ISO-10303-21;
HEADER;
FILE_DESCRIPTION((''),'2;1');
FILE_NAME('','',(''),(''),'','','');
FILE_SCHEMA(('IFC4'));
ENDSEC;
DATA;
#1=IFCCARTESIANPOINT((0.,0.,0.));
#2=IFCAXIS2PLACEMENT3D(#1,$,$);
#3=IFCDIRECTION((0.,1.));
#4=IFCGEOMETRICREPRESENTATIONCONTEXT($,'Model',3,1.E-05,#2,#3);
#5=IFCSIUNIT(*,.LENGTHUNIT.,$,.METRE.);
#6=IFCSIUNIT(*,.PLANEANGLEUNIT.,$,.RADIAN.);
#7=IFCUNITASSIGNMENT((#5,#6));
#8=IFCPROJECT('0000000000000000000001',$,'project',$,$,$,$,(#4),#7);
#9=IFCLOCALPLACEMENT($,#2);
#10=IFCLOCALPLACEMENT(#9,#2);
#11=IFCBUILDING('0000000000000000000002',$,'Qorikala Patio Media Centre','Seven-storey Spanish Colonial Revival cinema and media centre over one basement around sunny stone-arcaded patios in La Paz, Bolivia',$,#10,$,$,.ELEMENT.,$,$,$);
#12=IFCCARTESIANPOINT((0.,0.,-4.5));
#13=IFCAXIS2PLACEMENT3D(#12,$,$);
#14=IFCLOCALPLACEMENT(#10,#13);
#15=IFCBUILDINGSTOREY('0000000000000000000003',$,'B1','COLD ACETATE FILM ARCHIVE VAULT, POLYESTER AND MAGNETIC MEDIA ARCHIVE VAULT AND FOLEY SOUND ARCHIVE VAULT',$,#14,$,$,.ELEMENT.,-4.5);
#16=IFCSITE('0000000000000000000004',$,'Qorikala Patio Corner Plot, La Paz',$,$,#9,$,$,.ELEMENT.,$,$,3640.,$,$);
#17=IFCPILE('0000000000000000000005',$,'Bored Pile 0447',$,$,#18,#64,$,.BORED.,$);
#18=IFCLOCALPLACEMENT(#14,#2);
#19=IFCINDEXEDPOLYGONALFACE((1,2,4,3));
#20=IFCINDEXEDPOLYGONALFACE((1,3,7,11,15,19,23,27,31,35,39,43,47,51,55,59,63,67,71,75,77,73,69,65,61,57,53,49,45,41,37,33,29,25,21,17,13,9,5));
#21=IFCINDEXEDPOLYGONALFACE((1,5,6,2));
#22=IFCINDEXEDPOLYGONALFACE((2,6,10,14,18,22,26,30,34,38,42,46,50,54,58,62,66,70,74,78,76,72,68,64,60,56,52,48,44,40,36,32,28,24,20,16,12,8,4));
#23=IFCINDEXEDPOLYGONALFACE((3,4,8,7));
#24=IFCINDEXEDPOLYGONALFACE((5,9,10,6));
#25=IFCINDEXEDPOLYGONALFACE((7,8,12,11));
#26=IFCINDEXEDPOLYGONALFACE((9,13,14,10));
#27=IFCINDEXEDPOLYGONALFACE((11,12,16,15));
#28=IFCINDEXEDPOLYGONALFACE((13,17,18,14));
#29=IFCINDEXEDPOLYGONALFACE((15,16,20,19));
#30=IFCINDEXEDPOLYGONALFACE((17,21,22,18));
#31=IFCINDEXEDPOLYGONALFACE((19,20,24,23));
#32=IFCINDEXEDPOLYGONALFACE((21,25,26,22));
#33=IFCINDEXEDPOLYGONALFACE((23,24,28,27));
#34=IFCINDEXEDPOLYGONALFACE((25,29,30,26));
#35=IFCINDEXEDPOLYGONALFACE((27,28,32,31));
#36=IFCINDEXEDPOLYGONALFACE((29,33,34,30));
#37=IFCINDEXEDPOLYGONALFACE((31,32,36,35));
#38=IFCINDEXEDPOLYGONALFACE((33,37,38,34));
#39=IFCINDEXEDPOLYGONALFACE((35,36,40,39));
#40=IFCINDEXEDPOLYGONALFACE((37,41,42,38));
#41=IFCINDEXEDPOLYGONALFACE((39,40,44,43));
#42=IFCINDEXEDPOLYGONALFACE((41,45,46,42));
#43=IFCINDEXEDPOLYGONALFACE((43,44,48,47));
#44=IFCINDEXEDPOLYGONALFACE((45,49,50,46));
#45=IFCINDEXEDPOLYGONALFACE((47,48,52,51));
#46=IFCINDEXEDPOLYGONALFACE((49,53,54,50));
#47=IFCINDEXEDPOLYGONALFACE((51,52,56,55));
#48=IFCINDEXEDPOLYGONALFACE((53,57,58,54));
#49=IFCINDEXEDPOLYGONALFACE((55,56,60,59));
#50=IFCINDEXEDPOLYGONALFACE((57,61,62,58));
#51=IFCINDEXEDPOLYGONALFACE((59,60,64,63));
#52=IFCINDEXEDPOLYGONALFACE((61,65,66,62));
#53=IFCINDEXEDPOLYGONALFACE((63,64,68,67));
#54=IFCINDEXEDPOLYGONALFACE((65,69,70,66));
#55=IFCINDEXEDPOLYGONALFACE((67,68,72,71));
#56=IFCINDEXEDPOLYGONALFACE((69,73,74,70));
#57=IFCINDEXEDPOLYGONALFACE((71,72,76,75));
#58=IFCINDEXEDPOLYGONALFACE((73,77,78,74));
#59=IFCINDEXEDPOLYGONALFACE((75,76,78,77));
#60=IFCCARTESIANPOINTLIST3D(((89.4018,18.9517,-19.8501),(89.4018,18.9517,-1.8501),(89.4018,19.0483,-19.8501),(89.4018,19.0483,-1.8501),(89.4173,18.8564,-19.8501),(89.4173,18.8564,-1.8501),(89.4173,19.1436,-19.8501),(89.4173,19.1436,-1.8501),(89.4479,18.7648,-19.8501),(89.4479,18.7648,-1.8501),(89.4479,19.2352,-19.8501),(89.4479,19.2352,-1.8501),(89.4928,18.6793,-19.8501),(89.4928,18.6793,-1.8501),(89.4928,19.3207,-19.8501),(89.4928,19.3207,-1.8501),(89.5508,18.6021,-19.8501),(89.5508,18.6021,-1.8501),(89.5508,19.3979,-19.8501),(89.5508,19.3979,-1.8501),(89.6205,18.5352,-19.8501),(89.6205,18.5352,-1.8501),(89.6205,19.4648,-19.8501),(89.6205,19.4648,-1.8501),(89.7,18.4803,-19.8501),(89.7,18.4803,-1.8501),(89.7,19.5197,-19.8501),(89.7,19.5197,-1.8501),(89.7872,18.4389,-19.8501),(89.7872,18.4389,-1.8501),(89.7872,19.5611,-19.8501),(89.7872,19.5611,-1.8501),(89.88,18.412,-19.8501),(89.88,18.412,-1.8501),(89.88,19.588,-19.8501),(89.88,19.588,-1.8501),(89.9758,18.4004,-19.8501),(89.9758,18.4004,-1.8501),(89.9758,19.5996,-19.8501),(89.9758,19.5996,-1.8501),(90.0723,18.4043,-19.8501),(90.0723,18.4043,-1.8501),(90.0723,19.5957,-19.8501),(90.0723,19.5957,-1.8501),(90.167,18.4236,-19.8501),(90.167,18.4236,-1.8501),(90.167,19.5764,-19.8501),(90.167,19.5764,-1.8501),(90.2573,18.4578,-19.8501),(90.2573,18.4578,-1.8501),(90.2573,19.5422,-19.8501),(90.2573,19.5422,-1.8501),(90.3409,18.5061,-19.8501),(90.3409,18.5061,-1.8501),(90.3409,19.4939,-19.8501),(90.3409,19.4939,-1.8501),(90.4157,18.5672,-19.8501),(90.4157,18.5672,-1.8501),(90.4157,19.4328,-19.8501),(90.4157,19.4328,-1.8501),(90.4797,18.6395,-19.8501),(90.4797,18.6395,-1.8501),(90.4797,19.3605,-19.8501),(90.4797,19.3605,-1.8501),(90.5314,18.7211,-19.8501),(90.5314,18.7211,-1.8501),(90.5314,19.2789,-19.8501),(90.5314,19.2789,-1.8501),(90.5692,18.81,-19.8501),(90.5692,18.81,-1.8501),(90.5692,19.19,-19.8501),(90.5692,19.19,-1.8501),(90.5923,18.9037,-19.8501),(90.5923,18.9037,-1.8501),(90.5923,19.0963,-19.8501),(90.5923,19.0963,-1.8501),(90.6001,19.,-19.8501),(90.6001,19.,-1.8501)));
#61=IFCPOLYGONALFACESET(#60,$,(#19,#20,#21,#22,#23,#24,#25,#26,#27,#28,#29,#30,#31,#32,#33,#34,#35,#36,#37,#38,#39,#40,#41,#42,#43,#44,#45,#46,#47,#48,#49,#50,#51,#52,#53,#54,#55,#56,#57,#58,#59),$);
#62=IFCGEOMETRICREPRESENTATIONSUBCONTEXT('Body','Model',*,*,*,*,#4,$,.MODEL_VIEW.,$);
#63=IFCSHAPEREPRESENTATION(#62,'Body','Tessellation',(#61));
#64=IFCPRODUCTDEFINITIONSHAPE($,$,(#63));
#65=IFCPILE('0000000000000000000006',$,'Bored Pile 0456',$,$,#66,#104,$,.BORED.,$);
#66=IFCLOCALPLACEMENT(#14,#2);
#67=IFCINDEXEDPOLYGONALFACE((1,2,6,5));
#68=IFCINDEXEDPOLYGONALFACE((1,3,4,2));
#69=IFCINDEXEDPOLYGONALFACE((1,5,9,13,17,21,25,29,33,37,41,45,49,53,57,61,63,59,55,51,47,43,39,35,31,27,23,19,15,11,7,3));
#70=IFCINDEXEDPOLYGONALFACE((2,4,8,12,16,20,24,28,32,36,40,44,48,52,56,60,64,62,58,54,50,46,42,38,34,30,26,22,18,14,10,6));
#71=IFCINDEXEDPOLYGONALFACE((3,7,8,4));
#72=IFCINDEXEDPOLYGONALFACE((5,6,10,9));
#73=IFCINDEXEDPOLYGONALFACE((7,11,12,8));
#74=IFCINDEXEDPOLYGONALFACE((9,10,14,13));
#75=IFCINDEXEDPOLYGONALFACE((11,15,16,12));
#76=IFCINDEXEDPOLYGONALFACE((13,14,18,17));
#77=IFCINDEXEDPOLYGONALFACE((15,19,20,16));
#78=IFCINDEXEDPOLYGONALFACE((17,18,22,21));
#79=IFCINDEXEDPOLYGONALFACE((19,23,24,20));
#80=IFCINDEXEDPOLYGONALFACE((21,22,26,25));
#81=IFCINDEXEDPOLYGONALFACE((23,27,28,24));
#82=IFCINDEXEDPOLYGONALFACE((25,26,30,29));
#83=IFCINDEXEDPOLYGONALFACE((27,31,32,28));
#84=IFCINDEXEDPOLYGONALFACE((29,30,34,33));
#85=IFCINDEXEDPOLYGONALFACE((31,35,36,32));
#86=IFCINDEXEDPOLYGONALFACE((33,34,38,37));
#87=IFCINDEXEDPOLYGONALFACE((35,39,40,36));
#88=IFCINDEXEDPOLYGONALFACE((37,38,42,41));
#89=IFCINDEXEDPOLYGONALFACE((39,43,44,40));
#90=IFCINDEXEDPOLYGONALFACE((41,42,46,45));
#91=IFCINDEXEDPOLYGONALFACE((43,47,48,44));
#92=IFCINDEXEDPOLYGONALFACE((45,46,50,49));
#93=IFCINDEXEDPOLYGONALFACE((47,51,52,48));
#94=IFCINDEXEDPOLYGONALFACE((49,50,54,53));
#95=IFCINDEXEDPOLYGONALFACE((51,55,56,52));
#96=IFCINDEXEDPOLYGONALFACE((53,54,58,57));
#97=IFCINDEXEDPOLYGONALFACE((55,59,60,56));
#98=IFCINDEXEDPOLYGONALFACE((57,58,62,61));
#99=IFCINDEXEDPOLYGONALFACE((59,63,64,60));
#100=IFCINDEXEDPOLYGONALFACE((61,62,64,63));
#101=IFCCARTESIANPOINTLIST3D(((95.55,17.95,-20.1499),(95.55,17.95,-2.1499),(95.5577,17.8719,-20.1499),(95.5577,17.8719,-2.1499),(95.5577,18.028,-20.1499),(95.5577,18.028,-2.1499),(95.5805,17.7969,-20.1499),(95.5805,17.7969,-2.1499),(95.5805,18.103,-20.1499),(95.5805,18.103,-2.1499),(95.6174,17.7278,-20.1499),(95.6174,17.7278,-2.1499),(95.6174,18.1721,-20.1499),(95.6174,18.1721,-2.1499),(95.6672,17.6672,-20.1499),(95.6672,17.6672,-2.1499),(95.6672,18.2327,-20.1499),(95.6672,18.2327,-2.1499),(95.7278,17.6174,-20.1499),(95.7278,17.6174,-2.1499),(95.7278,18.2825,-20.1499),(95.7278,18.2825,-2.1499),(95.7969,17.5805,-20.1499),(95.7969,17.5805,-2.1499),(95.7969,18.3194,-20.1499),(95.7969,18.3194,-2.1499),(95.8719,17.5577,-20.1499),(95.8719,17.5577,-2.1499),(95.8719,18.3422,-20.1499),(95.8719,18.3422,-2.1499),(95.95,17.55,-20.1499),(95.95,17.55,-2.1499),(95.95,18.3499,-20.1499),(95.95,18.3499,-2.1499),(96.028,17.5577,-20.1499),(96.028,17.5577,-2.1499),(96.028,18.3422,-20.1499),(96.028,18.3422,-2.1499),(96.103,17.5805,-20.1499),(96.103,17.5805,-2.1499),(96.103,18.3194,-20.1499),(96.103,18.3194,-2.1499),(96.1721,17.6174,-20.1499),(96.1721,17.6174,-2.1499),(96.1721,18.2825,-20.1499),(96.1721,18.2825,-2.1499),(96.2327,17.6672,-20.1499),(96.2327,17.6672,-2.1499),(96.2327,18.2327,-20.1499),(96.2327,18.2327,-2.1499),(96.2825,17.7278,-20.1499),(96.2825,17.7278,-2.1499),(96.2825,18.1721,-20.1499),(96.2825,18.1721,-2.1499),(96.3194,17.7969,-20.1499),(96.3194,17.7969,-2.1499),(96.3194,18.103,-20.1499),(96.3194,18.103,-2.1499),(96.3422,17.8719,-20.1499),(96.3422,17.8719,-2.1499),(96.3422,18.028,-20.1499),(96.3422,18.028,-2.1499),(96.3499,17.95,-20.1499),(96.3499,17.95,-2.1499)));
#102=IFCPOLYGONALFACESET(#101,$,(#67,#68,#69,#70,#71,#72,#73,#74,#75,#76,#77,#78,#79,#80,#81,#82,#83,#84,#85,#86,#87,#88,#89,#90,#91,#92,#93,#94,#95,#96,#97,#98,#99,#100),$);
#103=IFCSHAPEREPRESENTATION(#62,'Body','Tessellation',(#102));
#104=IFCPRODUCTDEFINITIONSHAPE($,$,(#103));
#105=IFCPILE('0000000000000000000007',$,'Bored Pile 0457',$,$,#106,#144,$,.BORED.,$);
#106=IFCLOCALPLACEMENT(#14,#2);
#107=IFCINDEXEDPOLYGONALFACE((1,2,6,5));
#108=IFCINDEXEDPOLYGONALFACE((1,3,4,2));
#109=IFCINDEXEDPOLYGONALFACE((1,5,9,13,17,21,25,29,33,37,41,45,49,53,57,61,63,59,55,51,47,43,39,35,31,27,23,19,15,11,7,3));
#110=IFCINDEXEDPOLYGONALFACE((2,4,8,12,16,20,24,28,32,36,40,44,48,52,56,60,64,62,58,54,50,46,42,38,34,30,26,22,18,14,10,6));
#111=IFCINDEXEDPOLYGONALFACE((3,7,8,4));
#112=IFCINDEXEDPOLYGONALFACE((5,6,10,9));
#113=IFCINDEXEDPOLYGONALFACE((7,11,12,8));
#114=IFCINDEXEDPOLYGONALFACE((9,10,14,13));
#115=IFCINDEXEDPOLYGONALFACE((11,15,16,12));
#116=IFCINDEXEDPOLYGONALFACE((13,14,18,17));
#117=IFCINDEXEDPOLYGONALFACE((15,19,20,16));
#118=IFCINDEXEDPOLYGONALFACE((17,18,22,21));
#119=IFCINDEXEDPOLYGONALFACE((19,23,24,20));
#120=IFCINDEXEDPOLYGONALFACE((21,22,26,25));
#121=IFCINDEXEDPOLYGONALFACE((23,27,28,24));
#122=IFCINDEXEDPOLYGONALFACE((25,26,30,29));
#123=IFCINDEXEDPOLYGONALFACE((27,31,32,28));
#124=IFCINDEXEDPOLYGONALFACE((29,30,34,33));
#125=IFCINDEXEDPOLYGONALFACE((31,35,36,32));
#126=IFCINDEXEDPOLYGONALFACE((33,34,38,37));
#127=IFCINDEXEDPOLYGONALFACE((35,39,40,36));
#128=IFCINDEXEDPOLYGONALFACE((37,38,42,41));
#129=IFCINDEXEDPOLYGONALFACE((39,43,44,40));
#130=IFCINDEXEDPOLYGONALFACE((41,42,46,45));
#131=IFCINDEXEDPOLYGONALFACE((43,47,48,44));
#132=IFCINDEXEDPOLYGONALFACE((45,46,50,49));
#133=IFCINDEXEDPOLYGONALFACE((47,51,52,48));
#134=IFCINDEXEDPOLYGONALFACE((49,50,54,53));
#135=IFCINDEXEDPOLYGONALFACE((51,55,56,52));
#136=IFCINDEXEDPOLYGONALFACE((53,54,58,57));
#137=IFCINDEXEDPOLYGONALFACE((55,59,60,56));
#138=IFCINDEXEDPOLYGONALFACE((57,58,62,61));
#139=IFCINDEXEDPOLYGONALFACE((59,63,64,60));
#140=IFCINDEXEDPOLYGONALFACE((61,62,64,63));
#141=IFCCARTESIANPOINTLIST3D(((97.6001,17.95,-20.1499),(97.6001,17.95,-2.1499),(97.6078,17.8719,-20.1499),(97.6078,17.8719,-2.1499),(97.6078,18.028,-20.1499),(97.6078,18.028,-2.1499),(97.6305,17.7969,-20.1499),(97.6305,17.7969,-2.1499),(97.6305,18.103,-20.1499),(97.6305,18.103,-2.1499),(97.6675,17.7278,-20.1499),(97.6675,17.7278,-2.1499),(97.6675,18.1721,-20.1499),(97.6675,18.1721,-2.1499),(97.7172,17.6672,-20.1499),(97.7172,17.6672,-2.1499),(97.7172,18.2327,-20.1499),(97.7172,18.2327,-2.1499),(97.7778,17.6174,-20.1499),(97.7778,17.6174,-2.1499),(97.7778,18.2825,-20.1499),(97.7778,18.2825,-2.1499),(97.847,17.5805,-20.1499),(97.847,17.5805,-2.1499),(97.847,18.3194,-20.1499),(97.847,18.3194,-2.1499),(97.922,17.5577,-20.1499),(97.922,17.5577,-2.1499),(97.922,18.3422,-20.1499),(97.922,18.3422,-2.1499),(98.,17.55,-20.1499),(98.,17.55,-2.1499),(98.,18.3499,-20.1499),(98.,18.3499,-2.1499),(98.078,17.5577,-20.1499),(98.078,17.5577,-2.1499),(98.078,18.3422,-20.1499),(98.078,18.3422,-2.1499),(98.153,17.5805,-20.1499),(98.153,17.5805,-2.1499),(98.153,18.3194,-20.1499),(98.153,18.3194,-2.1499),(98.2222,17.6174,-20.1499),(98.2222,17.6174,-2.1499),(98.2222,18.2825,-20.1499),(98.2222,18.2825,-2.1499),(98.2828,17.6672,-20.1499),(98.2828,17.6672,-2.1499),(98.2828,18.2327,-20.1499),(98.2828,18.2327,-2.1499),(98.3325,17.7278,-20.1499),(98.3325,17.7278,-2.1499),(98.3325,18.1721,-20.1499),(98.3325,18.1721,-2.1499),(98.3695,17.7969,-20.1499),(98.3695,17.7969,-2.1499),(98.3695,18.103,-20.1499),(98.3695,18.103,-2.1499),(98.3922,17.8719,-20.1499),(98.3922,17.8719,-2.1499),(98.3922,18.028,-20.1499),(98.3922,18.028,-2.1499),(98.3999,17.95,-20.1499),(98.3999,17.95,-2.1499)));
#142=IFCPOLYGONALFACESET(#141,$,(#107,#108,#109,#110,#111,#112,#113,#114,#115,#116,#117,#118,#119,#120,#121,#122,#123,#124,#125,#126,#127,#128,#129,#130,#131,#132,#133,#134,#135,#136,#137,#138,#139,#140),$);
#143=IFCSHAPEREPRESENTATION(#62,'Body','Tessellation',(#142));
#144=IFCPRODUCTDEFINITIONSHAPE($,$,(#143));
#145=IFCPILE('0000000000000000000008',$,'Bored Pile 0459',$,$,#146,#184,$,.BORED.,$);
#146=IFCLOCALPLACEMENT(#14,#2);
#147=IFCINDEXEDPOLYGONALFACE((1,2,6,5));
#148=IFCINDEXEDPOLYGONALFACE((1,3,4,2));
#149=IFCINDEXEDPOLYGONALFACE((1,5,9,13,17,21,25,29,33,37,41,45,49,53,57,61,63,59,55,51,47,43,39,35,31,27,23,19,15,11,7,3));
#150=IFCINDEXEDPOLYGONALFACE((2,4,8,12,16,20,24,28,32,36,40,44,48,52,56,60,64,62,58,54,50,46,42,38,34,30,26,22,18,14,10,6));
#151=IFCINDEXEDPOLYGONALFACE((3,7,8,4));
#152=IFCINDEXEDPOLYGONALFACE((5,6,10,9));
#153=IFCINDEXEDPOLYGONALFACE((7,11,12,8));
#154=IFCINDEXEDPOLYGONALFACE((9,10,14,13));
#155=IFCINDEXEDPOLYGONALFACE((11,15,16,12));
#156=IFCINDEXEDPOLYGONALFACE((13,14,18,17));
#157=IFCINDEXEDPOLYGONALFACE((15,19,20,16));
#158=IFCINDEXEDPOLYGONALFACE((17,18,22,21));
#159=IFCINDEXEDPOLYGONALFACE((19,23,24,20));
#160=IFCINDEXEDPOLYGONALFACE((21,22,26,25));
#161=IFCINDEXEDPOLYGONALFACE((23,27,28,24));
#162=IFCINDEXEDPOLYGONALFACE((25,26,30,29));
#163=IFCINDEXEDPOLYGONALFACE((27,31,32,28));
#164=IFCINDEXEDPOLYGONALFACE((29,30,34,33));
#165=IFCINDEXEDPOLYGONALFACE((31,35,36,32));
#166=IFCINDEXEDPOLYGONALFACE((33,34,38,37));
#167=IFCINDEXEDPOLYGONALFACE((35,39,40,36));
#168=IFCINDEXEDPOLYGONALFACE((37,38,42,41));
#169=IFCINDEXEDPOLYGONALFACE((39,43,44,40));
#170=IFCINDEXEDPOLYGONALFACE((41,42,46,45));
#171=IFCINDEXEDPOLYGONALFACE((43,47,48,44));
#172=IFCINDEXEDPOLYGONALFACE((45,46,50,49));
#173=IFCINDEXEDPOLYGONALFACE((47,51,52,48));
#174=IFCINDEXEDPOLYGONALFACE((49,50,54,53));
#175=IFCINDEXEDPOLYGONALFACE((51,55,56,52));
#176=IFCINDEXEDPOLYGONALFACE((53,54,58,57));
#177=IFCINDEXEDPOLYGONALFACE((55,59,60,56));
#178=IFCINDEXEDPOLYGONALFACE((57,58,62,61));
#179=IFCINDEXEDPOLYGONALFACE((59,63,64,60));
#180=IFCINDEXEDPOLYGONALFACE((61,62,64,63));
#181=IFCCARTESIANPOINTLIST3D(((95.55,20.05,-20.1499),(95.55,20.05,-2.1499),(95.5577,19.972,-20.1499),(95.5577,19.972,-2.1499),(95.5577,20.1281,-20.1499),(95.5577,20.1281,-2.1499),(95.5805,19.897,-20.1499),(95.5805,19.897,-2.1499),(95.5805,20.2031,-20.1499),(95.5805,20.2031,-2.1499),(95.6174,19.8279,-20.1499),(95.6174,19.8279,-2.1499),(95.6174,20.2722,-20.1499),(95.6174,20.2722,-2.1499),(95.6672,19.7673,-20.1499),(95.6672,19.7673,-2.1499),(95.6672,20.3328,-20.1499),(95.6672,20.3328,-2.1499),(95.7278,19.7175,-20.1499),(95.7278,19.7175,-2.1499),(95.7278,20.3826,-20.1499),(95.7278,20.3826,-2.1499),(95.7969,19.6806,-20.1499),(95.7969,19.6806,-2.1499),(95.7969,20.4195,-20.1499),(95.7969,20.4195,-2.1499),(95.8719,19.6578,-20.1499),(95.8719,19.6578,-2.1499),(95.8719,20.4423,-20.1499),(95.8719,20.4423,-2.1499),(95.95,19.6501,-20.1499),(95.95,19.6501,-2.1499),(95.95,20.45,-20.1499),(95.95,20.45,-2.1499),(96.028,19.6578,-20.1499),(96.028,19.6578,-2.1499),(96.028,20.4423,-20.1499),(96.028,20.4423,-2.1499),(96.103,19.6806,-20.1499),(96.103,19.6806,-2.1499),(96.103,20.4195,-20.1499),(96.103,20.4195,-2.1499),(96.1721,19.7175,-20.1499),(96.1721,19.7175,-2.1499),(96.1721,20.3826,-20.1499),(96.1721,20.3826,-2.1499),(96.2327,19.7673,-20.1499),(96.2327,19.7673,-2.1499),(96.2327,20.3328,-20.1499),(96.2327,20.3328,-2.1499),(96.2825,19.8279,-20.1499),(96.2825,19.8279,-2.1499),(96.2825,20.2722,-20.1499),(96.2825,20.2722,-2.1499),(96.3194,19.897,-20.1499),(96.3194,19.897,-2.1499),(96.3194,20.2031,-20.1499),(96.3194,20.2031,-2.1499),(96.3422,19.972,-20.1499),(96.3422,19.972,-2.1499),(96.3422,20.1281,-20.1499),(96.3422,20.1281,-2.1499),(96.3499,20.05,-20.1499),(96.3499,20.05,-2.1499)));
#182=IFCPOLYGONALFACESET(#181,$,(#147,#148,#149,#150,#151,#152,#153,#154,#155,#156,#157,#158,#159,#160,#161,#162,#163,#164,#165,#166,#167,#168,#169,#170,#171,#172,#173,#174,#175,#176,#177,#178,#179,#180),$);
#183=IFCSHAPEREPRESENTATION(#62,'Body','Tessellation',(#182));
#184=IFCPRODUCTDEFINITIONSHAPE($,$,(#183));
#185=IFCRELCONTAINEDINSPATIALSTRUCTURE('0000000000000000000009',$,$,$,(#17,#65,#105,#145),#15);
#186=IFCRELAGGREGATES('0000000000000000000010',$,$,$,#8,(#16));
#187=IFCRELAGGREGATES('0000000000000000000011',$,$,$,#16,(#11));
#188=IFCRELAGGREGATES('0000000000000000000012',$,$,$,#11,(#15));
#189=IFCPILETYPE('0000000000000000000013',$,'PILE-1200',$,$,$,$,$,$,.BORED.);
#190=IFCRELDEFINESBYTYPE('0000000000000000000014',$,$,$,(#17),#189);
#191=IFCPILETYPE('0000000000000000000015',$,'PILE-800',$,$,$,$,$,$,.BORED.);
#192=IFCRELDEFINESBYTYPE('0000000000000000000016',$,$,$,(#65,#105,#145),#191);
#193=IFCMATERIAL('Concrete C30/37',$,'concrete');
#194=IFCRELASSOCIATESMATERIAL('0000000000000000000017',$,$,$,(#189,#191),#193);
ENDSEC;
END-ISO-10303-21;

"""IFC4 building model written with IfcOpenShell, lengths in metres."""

from ifc_helpers import new_model, si_unit, direction, frame, origin, origin_2d, place, context, subcontext, project, spatial, circle, extrude, material, material_profile, profile_set, type_object, element, save


model = new_model("IFC4")

# Units and contexts
model_context = context("Model", 3, precision=1e-05, world=origin(), true_north=direction((0.0, 1.0)))
body_context = subcontext(model_context, "Body", "Model", "MODEL_VIEW")
ifc_project = project(units=[si_unit("LENGTHUNIT", "METRE"), si_unit("PLANEANGLEUNIT", "RADIAN")], contexts=[model_context])

# Site, building, storey
site_placement = place(None, origin())
site = spatial("IfcSite", under=ifc_project, at=site_placement, Name="Qorikala Patio Corner Plot, La Paz", CompositionType="ELEMENT", RefElevation=3640.0)
building_placement = place(site_placement, origin())
building = spatial("IfcBuilding", under=site, at=building_placement, Name="Qorikala Patio Media Centre", Description="Seven-storey Spanish Colonial Revival cinema and media centre over one basement around sunny stone-arcaded patios in La Paz, Bolivia", CompositionType="ELEMENT")
storey_placement = place(building_placement, frame((0.0, 0.0, -4.5)))
storey = spatial("IfcBuildingStorey", under=building, at=storey_placement, Name="B1", Description="COLD ACETATE FILM ARCHIVE VAULT, POLYESTER AND MAGNETIC MEDIA ARCHIVE VAULT AND FOLEY SOUND ARCHIVE VAULT", CompositionType="ELEMENT", Elevation=-4.5)

# Shared definitions
ifc_material_1 = material(Name="Concrete C30/37", Category="concrete")

# Piles
ifc_material_profile_1 = material_profile(ifc_material_1, circle(Radius=0.6001, at=origin_2d()), Name="BORED PILE 1200")
ifc_profile_set_1 = profile_set([ifc_material_profile_1], Name="Concrete C30/37")
pile_type_1 = type_object("IfcPileType", Name="PILE-1200", PredefinedType="BORED", material=ifc_profile_set_1)
pile_1_placement = place(storey_placement, frame((90.0, 19.0, -1.8501), z_axis=(0.0, 0.0, -1.0), x_axis=(1.0, 0.0, 0.0)))
element("IfcPile", 1, at=pile_1_placement, inside=storey, type_object=pile_type_1, Name="Bored Pile 0447", PredefinedType="BORED", context=body_context, shape_type="SweptSolid", body=[
    extrude(circle(Radius=0.6001, at=origin_2d()), origin(), (0.0, 0.0, 1.0), 18.0),
])
ifc_material_profile_2 = material_profile(ifc_material_1, circle(Radius=0.3999, at=origin_2d()), Name="BORED PILE 800")
ifc_profile_set_2 = profile_set([ifc_material_profile_2], Name="Concrete C30/37")
pile_type_2 = type_object("IfcPileType", Name="PILE-800", PredefinedType="BORED", material=ifc_profile_set_2)
for number, where, z_axis, x_axis, name in (
    (2, (95.95, 17.95, -2.1499), (0.0, 0.0, -1.0), (1.0, 0.0, 0.0), "Bored Pile 0456"),
    (3, (98.0, 17.95, -2.1499), (0.0, 0.0, -1.0), (1.0, 0.0, 0.0), "Bored Pile 0457"),
    (4, (95.95, 20.05, -2.1499), (0.0, 0.0, -1.0), (1.0, 0.0, 0.0), "Bored Pile 0459"),
):
    element("IfcPile", number, at=place(storey_placement, frame(where, z_axis=z_axis, x_axis=x_axis)), inside=storey, type_object=pile_type_2, Name=name, PredefinedType="BORED", context=body_context, shape_type="SweptSolid", body=[
        extrude(circle(Radius=0.3999, at=origin_2d()), origin(), (0.0, 0.0, 1.0), 18.0),
    ])

save(model, "model.ifc")
